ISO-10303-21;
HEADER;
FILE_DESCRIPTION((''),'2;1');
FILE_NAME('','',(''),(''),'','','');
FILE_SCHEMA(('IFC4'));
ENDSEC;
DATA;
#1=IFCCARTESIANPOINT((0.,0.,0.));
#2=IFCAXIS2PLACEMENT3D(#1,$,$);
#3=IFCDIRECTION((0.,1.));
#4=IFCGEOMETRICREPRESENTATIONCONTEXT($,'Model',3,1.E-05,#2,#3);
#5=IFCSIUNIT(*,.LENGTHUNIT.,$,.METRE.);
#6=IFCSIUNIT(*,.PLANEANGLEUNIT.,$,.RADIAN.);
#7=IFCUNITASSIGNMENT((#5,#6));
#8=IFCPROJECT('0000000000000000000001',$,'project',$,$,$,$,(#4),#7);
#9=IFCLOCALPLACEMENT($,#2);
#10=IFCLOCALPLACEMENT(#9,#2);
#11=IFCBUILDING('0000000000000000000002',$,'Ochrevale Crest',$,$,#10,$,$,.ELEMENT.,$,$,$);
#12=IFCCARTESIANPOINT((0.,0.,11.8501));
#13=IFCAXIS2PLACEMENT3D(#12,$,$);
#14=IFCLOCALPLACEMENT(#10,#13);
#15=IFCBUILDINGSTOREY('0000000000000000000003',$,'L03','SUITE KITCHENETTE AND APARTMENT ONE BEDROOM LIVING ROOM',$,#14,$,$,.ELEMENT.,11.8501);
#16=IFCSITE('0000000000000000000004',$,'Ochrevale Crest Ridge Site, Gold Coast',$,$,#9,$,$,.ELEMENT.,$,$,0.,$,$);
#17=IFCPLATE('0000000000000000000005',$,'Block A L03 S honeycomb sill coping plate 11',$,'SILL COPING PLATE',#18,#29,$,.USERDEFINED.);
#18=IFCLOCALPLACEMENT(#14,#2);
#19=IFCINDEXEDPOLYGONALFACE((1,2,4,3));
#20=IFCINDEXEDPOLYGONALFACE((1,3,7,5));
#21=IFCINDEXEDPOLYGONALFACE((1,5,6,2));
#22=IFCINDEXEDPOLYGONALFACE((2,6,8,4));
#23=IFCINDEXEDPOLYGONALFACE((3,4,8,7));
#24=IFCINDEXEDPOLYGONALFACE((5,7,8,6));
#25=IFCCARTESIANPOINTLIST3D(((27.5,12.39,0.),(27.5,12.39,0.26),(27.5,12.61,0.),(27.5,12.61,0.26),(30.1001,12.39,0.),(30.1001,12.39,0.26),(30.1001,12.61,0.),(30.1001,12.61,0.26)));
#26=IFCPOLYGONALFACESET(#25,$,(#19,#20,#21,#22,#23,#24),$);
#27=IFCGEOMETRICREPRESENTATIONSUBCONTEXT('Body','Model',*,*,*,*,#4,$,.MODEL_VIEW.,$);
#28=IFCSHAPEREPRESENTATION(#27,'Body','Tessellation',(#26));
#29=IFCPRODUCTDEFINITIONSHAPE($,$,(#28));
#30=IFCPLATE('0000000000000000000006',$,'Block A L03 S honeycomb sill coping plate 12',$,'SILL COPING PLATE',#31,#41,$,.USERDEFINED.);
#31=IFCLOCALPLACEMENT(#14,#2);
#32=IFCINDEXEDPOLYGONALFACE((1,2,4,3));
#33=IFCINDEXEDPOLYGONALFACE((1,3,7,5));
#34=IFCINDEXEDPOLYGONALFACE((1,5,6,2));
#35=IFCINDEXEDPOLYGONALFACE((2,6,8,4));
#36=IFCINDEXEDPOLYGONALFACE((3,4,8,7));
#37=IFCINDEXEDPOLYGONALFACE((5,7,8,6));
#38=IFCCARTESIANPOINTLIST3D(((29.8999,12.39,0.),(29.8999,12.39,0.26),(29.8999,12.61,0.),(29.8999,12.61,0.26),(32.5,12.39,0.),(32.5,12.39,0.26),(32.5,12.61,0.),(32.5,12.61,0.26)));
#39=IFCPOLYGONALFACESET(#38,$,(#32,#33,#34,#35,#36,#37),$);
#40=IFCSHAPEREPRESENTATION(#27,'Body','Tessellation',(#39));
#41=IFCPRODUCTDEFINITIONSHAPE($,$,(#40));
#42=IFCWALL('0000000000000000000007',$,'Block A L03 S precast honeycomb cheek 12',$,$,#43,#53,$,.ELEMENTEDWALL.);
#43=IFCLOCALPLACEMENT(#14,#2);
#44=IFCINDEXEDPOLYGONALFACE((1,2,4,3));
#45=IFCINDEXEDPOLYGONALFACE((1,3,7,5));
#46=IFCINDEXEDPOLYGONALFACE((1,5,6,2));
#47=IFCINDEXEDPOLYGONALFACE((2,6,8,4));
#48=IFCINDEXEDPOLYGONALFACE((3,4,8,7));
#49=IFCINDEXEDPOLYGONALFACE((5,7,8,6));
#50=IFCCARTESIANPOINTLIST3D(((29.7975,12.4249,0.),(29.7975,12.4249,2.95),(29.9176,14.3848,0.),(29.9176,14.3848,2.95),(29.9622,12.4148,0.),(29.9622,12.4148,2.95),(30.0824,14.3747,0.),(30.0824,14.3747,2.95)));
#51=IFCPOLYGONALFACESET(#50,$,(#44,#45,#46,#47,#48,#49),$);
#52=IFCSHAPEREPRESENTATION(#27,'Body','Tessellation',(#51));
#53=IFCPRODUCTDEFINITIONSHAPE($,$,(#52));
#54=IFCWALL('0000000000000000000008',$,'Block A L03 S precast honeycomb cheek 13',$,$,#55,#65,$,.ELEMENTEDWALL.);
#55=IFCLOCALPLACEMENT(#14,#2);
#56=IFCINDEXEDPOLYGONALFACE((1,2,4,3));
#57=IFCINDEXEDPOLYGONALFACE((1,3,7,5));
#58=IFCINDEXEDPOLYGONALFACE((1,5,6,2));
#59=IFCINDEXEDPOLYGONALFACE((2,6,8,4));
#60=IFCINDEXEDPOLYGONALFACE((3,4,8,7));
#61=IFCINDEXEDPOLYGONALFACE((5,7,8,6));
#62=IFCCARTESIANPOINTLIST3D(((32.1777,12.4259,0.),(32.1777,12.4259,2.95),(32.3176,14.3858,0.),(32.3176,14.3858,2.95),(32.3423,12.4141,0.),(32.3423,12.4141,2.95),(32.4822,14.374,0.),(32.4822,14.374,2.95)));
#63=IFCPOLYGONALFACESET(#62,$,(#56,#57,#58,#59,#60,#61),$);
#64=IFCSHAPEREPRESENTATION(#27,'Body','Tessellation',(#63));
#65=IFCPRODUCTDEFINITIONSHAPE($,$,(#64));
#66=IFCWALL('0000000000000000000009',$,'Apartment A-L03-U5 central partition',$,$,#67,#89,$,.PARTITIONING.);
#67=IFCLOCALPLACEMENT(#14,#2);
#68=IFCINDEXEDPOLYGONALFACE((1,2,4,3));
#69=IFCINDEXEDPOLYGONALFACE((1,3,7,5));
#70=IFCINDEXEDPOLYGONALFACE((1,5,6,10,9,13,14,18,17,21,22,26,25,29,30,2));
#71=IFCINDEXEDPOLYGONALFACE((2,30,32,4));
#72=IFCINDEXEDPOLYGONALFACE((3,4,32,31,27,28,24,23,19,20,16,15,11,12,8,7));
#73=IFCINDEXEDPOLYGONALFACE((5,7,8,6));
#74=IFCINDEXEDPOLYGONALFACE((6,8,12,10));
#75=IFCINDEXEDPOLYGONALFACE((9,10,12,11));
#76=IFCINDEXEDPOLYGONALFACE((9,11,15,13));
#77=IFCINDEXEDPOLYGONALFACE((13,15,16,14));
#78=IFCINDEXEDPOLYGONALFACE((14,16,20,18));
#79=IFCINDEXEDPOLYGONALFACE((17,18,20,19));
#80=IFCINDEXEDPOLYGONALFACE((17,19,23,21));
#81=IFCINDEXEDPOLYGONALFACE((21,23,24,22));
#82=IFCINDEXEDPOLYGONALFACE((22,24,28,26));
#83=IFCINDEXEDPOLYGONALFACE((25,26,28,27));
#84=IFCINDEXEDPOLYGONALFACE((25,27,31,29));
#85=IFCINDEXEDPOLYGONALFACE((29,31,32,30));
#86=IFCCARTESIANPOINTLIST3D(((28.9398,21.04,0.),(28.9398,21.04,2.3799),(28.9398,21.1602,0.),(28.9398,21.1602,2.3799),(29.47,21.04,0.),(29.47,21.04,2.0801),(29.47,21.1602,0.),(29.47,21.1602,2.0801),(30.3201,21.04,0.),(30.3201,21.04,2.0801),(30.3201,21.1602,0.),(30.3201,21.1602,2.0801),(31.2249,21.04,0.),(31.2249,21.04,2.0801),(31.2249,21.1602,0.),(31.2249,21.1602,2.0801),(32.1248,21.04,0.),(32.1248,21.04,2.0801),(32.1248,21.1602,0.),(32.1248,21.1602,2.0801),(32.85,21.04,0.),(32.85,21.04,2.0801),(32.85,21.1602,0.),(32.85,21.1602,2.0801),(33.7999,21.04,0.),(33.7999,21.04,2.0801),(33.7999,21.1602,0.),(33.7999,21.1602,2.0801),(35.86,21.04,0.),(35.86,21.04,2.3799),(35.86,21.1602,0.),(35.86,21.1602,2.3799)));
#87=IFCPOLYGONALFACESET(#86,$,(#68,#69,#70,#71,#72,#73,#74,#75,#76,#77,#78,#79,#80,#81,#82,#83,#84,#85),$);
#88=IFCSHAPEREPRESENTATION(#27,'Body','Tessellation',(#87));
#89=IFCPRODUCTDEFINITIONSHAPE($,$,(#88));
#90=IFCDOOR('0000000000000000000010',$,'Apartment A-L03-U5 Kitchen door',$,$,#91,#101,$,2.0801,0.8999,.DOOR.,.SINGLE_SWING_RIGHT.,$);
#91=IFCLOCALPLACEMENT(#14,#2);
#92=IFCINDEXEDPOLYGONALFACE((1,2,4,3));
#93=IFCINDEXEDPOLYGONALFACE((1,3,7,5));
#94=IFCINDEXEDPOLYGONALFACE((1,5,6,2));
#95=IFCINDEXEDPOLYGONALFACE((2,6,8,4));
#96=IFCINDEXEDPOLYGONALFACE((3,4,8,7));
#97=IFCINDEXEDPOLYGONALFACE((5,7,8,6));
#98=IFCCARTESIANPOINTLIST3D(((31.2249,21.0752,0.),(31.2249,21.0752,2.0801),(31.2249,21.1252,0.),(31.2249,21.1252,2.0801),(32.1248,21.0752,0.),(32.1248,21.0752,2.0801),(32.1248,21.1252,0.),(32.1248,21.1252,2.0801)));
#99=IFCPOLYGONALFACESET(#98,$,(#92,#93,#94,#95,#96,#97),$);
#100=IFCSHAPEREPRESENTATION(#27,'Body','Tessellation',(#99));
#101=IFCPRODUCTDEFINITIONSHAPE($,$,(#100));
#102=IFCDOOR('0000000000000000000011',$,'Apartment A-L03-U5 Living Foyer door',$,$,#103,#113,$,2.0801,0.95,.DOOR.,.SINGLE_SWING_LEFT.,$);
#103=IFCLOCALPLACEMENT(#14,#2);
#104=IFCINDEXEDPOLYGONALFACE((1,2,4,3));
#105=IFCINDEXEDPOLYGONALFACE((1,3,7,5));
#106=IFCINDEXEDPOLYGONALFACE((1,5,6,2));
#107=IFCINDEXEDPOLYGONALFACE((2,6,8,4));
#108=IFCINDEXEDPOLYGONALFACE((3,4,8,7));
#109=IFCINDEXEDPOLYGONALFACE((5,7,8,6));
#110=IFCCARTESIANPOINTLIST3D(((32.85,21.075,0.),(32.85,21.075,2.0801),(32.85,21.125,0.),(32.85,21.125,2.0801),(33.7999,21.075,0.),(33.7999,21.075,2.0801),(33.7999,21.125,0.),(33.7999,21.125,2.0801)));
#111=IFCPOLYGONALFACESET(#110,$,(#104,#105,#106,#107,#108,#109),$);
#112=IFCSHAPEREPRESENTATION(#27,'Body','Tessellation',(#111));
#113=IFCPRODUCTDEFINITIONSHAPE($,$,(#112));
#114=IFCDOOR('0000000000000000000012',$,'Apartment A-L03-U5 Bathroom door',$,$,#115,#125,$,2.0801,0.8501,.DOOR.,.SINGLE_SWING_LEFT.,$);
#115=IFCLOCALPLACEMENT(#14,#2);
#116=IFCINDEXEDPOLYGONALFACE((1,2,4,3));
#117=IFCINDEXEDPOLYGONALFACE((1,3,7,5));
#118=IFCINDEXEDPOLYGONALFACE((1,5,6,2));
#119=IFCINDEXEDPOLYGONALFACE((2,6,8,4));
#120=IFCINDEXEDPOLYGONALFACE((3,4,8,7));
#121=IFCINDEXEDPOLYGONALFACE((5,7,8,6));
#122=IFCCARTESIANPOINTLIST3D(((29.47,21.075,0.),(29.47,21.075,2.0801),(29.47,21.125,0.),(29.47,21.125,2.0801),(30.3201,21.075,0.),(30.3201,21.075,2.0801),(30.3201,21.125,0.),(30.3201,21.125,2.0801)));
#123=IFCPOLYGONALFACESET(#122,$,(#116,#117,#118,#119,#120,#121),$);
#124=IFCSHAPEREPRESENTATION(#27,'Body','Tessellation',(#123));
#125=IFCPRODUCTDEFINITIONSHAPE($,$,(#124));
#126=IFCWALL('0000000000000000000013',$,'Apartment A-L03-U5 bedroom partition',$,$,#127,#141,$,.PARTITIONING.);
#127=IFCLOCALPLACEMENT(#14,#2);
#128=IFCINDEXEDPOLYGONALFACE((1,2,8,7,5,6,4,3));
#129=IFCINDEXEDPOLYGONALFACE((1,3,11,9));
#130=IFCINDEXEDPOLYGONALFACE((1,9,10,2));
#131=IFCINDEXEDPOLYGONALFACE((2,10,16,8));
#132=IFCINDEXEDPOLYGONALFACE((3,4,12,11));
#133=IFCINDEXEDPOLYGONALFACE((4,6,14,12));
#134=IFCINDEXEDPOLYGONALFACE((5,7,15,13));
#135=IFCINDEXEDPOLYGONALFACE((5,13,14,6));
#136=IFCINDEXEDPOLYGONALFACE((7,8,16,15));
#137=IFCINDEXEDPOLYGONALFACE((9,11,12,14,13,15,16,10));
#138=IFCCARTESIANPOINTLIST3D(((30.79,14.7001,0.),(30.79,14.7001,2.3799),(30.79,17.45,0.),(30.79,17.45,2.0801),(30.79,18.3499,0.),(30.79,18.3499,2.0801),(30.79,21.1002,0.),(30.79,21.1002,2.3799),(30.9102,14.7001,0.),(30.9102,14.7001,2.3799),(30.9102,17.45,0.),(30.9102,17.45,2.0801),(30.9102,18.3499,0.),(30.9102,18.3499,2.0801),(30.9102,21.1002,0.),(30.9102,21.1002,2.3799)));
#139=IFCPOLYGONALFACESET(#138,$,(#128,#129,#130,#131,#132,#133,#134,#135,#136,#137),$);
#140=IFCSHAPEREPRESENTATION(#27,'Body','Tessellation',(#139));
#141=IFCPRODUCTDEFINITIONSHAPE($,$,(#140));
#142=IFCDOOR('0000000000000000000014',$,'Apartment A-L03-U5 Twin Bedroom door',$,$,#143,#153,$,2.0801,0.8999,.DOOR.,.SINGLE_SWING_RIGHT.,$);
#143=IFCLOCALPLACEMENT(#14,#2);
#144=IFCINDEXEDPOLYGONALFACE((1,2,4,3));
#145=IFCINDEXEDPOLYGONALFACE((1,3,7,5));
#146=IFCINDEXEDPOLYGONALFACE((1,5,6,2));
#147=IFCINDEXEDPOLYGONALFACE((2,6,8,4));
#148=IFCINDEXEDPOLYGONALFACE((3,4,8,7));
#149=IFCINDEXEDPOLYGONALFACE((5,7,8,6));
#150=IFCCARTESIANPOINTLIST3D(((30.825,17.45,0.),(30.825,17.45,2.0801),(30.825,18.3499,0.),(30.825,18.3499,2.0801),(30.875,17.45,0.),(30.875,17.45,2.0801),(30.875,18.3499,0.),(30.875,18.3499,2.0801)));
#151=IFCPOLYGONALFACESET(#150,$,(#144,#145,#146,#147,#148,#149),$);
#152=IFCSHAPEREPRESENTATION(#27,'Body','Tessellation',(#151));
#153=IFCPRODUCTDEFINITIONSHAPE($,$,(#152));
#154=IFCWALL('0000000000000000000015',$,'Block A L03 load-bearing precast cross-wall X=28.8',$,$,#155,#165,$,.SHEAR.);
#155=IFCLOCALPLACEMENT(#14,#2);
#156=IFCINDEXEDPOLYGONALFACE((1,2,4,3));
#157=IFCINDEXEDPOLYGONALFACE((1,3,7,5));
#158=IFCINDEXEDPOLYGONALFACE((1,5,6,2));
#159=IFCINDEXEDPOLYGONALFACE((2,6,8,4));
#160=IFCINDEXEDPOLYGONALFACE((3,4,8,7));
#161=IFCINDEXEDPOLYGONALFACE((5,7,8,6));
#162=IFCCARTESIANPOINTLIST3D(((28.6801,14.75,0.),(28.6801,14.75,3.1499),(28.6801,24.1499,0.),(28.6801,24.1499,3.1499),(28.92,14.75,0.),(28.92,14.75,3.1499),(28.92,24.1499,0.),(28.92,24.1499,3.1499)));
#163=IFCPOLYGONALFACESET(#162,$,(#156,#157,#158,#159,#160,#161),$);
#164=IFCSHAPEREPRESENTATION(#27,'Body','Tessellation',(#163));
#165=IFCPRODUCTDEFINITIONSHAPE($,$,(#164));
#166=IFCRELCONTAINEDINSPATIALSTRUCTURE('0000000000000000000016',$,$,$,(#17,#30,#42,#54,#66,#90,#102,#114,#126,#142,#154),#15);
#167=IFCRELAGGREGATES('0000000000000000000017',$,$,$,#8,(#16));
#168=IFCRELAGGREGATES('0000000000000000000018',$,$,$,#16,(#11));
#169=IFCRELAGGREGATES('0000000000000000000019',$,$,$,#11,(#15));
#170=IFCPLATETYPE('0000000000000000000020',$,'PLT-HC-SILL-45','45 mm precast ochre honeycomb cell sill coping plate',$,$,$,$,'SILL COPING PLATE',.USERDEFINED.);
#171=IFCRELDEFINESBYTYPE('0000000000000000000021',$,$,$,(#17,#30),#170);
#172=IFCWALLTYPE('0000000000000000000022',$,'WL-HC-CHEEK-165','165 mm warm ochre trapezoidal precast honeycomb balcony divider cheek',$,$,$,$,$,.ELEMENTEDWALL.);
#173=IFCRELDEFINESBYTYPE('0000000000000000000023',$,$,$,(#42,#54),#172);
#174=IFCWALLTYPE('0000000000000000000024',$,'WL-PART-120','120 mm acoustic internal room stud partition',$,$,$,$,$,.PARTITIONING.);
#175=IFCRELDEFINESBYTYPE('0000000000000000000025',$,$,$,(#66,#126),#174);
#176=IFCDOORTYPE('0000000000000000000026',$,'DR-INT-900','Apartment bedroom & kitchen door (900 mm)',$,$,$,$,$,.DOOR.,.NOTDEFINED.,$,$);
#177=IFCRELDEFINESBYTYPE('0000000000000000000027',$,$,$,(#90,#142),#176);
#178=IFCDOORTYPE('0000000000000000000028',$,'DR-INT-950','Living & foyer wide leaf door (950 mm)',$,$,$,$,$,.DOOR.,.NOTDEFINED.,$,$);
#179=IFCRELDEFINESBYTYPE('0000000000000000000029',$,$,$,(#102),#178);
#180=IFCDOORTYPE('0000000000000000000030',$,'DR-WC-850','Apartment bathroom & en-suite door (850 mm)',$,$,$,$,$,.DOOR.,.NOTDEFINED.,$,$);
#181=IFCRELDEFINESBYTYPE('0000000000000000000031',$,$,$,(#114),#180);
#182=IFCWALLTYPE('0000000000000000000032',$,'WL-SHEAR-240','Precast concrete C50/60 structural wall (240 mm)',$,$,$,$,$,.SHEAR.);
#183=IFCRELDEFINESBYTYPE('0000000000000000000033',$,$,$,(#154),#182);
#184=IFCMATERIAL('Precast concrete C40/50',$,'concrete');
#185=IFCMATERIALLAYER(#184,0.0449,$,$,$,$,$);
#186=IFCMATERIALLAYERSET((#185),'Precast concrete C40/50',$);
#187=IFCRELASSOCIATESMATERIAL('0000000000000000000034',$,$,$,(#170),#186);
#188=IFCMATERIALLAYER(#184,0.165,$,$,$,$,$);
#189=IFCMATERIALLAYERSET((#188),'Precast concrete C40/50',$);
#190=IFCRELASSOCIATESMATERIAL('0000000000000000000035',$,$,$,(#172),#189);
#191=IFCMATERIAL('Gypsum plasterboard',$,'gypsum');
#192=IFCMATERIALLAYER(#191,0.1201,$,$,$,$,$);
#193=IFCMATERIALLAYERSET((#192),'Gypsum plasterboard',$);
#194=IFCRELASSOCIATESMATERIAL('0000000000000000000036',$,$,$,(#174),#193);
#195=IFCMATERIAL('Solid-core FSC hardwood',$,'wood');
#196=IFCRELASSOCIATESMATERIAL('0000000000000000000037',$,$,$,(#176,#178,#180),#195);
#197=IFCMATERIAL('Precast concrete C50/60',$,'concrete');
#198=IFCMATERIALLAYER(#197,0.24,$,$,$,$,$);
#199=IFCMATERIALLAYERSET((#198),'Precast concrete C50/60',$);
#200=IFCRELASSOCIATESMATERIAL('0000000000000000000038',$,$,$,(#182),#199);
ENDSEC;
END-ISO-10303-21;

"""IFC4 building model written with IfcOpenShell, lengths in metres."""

from ifc_helpers import new_model, si_unit, direction, frame, frame_2d, origin, origin_2d, place, context, subcontext, project, spatial, rectangle, extrude, material, layer, layer_set, type_object, element, fill, save


model = new_model("IFC4")

# Units and contexts
model_context = context("Model", 3, precision=1e-05, world=origin(), true_north=direction((0.0, 1.0)))
body_context = subcontext(model_context, "Body", "Model", "MODEL_VIEW")
ifc_project = project(units=[si_unit("LENGTHUNIT", "METRE"), si_unit("PLANEANGLEUNIT", "RADIAN")], contexts=[model_context])

# Site, building, storey
site_placement = place(None, origin())
site = spatial("IfcSite", under=ifc_project, at=site_placement, Name="Ochrevale Crest Ridge Site, Gold Coast", CompositionType="ELEMENT", RefElevation=0.0)
building_placement = place(site_placement, origin())
building = spatial("IfcBuilding", under=site, at=building_placement, Name="Ochrevale Crest", CompositionType="ELEMENT")
storey_placement = place(building_placement, frame((0.0, 0.0, 11.8501)))
storey = spatial("IfcBuildingStorey", under=building, at=storey_placement, Name="L03", Description="SUITE KITCHENETTE AND APARTMENT ONE BEDROOM LIVING ROOM", CompositionType="ELEMENT", Elevation=11.8501)

# Shared definitions
ifc_material_1 = material(Name="Precast concrete C50/60", Category="concrete")

# Plates
ifc_material_2 = material(Name="Precast concrete C40/50", Category="concrete")
ifc_layer_1 = layer(ifc_material_2, 0.0449)
ifc_layer_set_1 = layer_set([ifc_layer_1], Name="Precast concrete C40/50")
plate_type_1 = type_object("IfcPlateType", Name="PLT-HC-SILL-45", Description="45 mm precast ochre honeycomb cell sill coping plate", ElementType="SILL COPING PLATE", PredefinedType="USERDEFINED", material=ifc_layer_set_1)
for number, where, z_axis, x_axis, name in (
    (1, (28.8, 12.5, 0.0), (0.0, 0.0, 1.0), (1.0, 0.0, 0.0), "Block A L03 S honeycomb sill coping plate 11"),
    (2, (31.2, 12.5, 0.0), (0.0, 0.0, 1.0), (1.0, 0.0, 0.0), "Block A L03 S honeycomb sill coping plate 12"),
):
    element("IfcPlate", number, at=place(storey_placement, frame(where, z_axis=z_axis, x_axis=x_axis)), inside=storey, type_object=plate_type_1, Name=name, ObjectType="SILL COPING PLATE", PredefinedType="USERDEFINED", context=body_context, shape_type="SweptSolid", body=[
        extrude(rectangle(XDim=2.6001, YDim=0.22, at=origin_2d()), origin(), (0.0, 0.0, 1.0), 0.26),
    ])

# Walls
ifc_layer_2 = layer(ifc_material_2, 0.165)
ifc_layer_set_2 = layer_set([ifc_layer_2], Name="Precast concrete C40/50")
wall_type_1 = type_object("IfcWallType", Name="WL-HC-CHEEK-165", Description="165 mm warm ochre trapezoidal precast honeycomb balcony divider cheek", PredefinedType="ELEMENTEDWALL", material=ifc_layer_set_2)
wall_1_placement = place(storey_placement, frame((30.0, 14.3799, 0.0), z_axis=(0.0, 0.0, 1.0), x_axis=(-0.061171, -0.998127, 0.0)))
element("IfcWall", 3, at=wall_1_placement, inside=storey, type_object=wall_type_1, Name="Block A L03 S precast honeycomb cheek 12", PredefinedType="ELEMENTEDWALL", context=body_context, shape_type="SweptSolid", body=[
    extrude(rectangle(XDim=1.9636, YDim=0.165, at=frame_2d((0.9819, 0.0))), origin(), (0.0, 0.0, 1.0), 2.95),
])
wall_2_placement = place(storey_placement, frame((32.3999, 14.3799, 0.0), z_axis=(0.0, 0.0, 1.0), x_axis=(-0.071194, -0.997462, 0.0)))
element("IfcWall", 4, at=wall_2_placement, inside=storey, type_object=wall_type_1, Name="Block A L03 S precast honeycomb cheek 13", PredefinedType="ELEMENTEDWALL", context=body_context, shape_type="SweptSolid", body=[
    extrude(rectangle(XDim=1.9648, YDim=0.165, at=frame_2d((0.9824, 0.0))), origin(), (0.0, 0.0, 1.0), 2.95),
])

# Wall, openings, doors
ifc_material_3 = material(Name="Gypsum plasterboard", Category="gypsum")
ifc_layer_3 = layer(ifc_material_3, 0.1201)
ifc_layer_set_3 = layer_set([ifc_layer_3], Name="Gypsum plasterboard")
wall_type_2 = type_object("IfcWallType", Name="WL-PART-120", Description="120 mm acoustic internal room stud partition", PredefinedType="PARTITIONING", material=ifc_layer_set_3)
wall_3_placement = place(storey_placement, frame((28.9399, 21.1001, 0.0), z_axis=(0.0, 0.0, 1.0), x_axis=(1.0, 0.0, 0.0)))
wall_3 = element("IfcWall", 5, at=wall_3_placement, inside=storey, type_object=wall_type_2, Name="Apartment A-L03-U5 central partition", PredefinedType="PARTITIONING", context=body_context, shape_type="SweptSolid", body=[
    extrude(rectangle(XDim=6.9202, YDim=0.1201, at=frame_2d((3.46, 0.0))), origin(), (0.0, 0.0, 1.0), 2.3799),
])
opening_1_placement = place(wall_3_placement, frame((0.53, 0.0, 0.0)))
opening_1 = element("IfcOpeningElement", 6, at=opening_1_placement, cuts=wall_3, PredefinedType="OPENING", context=body_context, shape_type="SweptSolid", body=[
    extrude(rectangle(XDim=0.8501, YDim=2.0801, at=frame_2d((0.425, 1.04))), frame((0.0, 0.0701, 0.0), z_axis=(0.0, -1.0, 0.0), x_axis=(1.0, 0.0, 0.0)), (0.0, 0.0, 1.0), 0.1401),
])
opening_2_placement = place(wall_3_placement, frame((3.1848, 0.0, 0.0), z_axis=(0.0, 0.0, 1.0), x_axis=(-1.0, 0.0, 0.0)))
opening_2 = element("IfcOpeningElement", 7, at=opening_2_placement, cuts=wall_3, PredefinedType="OPENING", context=body_context, shape_type="SweptSolid", body=[
    extrude(rectangle(XDim=0.8999, YDim=2.0801, at=frame_2d((0.45, 1.04))), frame((0.0, 0.0701, 0.0), z_axis=(0.0, -1.0, 0.0), x_axis=(1.0, 0.0, 0.0)), (0.0, 0.0, 1.0), 0.1401),
])
opening_3_placement = place(wall_3_placement, frame((3.9099, 0.0, 0.0)))
opening_3 = element("IfcOpeningElement", 8, at=opening_3_placement, cuts=wall_3, PredefinedType="OPENING", context=body_context, shape_type="SweptSolid", body=[
    extrude(rectangle(XDim=0.95, YDim=2.0801, at=frame_2d((0.4751, 1.04))), frame((0.0, 0.0701, 0.0), z_axis=(0.0, -1.0, 0.0), x_axis=(1.0, 0.0, 0.0)), (0.0, 0.0, 1.0), 0.1401),
])
ifc_material_4 = material(Name="Solid-core FSC hardwood", Category="wood")
door_type_1 = type_object("IfcDoorType", Name="DR-INT-900", Description="Apartment bedroom & kitchen door (900 mm)", OperationType="NOTDEFINED", PredefinedType="DOOR", material=ifc_material_4)
door_1_placement = place(opening_2_placement, origin())
door_1 = element("IfcDoor", 9, at=door_1_placement, inside=storey, type_object=door_type_1, Name="Apartment A-L03-U5 Kitchen door", OperationType="SINGLE_SWING_RIGHT", OverallHeight=2.0801, OverallWidth=0.8999, PredefinedType="DOOR", context=body_context, shape_type="SweptSolid", body=[
    extrude(rectangle(XDim=0.8999, YDim=2.0801, at=frame_2d((0.45, 1.04))), frame((0.0, 0.0249, 0.0), z_axis=(0.0, -1.0, 0.0), x_axis=(1.0, 0.0, 0.0)), (0.0, 0.0, 1.0), 0.05),
])
fill(opening_2, door_1)
door_type_2 = type_object("IfcDoorType", Name="DR-INT-950", Description="Living & foyer wide leaf door (950 mm)", OperationType="NOTDEFINED", PredefinedType="DOOR", material=ifc_material_4)
door_2_placement = place(opening_3_placement, origin())
door_2 = element("IfcDoor", 10, at=door_2_placement, inside=storey, type_object=door_type_2, Name="Apartment A-L03-U5 Living Foyer door", OperationType="SINGLE_SWING_LEFT", OverallHeight=2.0801, OverallWidth=0.95, PredefinedType="DOOR", context=body_context, shape_type="SweptSolid", body=[
    extrude(rectangle(XDim=0.95, YDim=2.0801, at=frame_2d((0.4751, 1.04))), frame((0.0, 0.0249, 0.0), z_axis=(0.0, -1.0, 0.0), x_axis=(1.0, 0.0, 0.0)), (0.0, 0.0, 1.0), 0.05),
])
fill(opening_3, door_2)
door_type_3 = type_object("IfcDoorType", Name="DR-WC-850", Description="Apartment bathroom & en-suite door (850 mm)", OperationType="NOTDEFINED", PredefinedType="DOOR", material=ifc_material_4)
door_3_placement = place(opening_1_placement, origin())
door_3 = element("IfcDoor", 11, at=door_3_placement, inside=storey, type_object=door_type_3, Name="Apartment A-L03-U5 Bathroom door", OperationType="SINGLE_SWING_LEFT", OverallHeight=2.0801, OverallWidth=0.8501, PredefinedType="DOOR", context=body_context, shape_type="SweptSolid", body=[
    extrude(rectangle(XDim=0.8501, YDim=2.0801, at=frame_2d((0.425, 1.04))), frame((0.0, 0.0249, 0.0), z_axis=(0.0, -1.0, 0.0), x_axis=(1.0, 0.0, 0.0)), (0.0, 0.0, 1.0), 0.05),
])
fill(opening_1, door_3)

# Wall, opening, door
wall_4_placement = place(storey_placement, frame((30.8501, 14.7, 0.0), z_axis=(0.0, 0.0, 1.0), x_axis=(0.0, 1.0, 0.0)))
wall_4 = element("IfcWall", 12, at=wall_4_placement, inside=storey, type_object=wall_type_2, Name="Apartment A-L03-U5 bedroom partition", PredefinedType="PARTITIONING", context=body_context, shape_type="SweptSolid", body=[
    extrude(rectangle(XDim=6.4001, YDim=0.1201, at=frame_2d((3.2002, 0.0))), origin(), (0.0, 0.0, 1.0), 2.3799),
])
opening_4_placement = place(wall_4_placement, frame((3.6499, 0.0, 0.0), z_axis=(0.0, 0.0, 1.0), x_axis=(-1.0, 0.0, 0.0)))
opening_4 = element("IfcOpeningElement", 13, at=opening_4_placement, cuts=wall_4, PredefinedType="OPENING", context=body_context, shape_type="SweptSolid", body=[
    extrude(rectangle(XDim=0.8999, YDim=2.0801, at=frame_2d((0.45, 1.04))), frame((0.0, 0.0701, 0.0), z_axis=(0.0, -1.0, 0.0), x_axis=(1.0, 0.0, 0.0)), (0.0, 0.0, 1.0), 0.1401),
])
door_4_placement = place(opening_4_placement, origin())
door_4 = element("IfcDoor", 14, at=door_4_placement, inside=storey, type_object=door_type_1, Name="Apartment A-L03-U5 Twin Bedroom door", OperationType="SINGLE_SWING_RIGHT", OverallHeight=2.0801, OverallWidth=0.8999, PredefinedType="DOOR", context=body_context, shape_type="SweptSolid", body=[
    extrude(rectangle(XDim=0.8999, YDim=2.0801, at=frame_2d((0.45, 1.04))), frame((0.0, 0.0249, 0.0), z_axis=(0.0, -1.0, 0.0), x_axis=(1.0, 0.0, 0.0)), (0.0, 0.0, 1.0), 0.05),
])
fill(opening_4, door_4)

# Wall
ifc_layer_4 = layer(ifc_material_1, 0.24)
ifc_layer_set_4 = layer_set([ifc_layer_4], Name="Precast concrete C50/60")
wall_type_3 = type_object("IfcWallType", Name="WL-SHEAR-240", Description="Precast concrete C50/60 structural wall (240 mm)", PredefinedType="SHEAR", material=ifc_layer_set_4)
wall_5_placement = place(storey_placement, frame((28.8, 14.75, 0.0), z_axis=(0.0, 0.0, 1.0), x_axis=(0.0, 1.0, 0.0)))
element("IfcWall", 15, at=wall_5_placement, inside=storey, type_object=wall_type_3, Name="Block A L03 load-bearing precast cross-wall X=28.8", PredefinedType="SHEAR", context=body_context, shape_type="SweptSolid", body=[
    extrude(rectangle(XDim=9.3999, YDim=0.24, at=frame_2d((4.7, 0.0))), origin(), (0.0, 0.0, 1.0), 3.1499),
])

save(model, "model.ifc")
